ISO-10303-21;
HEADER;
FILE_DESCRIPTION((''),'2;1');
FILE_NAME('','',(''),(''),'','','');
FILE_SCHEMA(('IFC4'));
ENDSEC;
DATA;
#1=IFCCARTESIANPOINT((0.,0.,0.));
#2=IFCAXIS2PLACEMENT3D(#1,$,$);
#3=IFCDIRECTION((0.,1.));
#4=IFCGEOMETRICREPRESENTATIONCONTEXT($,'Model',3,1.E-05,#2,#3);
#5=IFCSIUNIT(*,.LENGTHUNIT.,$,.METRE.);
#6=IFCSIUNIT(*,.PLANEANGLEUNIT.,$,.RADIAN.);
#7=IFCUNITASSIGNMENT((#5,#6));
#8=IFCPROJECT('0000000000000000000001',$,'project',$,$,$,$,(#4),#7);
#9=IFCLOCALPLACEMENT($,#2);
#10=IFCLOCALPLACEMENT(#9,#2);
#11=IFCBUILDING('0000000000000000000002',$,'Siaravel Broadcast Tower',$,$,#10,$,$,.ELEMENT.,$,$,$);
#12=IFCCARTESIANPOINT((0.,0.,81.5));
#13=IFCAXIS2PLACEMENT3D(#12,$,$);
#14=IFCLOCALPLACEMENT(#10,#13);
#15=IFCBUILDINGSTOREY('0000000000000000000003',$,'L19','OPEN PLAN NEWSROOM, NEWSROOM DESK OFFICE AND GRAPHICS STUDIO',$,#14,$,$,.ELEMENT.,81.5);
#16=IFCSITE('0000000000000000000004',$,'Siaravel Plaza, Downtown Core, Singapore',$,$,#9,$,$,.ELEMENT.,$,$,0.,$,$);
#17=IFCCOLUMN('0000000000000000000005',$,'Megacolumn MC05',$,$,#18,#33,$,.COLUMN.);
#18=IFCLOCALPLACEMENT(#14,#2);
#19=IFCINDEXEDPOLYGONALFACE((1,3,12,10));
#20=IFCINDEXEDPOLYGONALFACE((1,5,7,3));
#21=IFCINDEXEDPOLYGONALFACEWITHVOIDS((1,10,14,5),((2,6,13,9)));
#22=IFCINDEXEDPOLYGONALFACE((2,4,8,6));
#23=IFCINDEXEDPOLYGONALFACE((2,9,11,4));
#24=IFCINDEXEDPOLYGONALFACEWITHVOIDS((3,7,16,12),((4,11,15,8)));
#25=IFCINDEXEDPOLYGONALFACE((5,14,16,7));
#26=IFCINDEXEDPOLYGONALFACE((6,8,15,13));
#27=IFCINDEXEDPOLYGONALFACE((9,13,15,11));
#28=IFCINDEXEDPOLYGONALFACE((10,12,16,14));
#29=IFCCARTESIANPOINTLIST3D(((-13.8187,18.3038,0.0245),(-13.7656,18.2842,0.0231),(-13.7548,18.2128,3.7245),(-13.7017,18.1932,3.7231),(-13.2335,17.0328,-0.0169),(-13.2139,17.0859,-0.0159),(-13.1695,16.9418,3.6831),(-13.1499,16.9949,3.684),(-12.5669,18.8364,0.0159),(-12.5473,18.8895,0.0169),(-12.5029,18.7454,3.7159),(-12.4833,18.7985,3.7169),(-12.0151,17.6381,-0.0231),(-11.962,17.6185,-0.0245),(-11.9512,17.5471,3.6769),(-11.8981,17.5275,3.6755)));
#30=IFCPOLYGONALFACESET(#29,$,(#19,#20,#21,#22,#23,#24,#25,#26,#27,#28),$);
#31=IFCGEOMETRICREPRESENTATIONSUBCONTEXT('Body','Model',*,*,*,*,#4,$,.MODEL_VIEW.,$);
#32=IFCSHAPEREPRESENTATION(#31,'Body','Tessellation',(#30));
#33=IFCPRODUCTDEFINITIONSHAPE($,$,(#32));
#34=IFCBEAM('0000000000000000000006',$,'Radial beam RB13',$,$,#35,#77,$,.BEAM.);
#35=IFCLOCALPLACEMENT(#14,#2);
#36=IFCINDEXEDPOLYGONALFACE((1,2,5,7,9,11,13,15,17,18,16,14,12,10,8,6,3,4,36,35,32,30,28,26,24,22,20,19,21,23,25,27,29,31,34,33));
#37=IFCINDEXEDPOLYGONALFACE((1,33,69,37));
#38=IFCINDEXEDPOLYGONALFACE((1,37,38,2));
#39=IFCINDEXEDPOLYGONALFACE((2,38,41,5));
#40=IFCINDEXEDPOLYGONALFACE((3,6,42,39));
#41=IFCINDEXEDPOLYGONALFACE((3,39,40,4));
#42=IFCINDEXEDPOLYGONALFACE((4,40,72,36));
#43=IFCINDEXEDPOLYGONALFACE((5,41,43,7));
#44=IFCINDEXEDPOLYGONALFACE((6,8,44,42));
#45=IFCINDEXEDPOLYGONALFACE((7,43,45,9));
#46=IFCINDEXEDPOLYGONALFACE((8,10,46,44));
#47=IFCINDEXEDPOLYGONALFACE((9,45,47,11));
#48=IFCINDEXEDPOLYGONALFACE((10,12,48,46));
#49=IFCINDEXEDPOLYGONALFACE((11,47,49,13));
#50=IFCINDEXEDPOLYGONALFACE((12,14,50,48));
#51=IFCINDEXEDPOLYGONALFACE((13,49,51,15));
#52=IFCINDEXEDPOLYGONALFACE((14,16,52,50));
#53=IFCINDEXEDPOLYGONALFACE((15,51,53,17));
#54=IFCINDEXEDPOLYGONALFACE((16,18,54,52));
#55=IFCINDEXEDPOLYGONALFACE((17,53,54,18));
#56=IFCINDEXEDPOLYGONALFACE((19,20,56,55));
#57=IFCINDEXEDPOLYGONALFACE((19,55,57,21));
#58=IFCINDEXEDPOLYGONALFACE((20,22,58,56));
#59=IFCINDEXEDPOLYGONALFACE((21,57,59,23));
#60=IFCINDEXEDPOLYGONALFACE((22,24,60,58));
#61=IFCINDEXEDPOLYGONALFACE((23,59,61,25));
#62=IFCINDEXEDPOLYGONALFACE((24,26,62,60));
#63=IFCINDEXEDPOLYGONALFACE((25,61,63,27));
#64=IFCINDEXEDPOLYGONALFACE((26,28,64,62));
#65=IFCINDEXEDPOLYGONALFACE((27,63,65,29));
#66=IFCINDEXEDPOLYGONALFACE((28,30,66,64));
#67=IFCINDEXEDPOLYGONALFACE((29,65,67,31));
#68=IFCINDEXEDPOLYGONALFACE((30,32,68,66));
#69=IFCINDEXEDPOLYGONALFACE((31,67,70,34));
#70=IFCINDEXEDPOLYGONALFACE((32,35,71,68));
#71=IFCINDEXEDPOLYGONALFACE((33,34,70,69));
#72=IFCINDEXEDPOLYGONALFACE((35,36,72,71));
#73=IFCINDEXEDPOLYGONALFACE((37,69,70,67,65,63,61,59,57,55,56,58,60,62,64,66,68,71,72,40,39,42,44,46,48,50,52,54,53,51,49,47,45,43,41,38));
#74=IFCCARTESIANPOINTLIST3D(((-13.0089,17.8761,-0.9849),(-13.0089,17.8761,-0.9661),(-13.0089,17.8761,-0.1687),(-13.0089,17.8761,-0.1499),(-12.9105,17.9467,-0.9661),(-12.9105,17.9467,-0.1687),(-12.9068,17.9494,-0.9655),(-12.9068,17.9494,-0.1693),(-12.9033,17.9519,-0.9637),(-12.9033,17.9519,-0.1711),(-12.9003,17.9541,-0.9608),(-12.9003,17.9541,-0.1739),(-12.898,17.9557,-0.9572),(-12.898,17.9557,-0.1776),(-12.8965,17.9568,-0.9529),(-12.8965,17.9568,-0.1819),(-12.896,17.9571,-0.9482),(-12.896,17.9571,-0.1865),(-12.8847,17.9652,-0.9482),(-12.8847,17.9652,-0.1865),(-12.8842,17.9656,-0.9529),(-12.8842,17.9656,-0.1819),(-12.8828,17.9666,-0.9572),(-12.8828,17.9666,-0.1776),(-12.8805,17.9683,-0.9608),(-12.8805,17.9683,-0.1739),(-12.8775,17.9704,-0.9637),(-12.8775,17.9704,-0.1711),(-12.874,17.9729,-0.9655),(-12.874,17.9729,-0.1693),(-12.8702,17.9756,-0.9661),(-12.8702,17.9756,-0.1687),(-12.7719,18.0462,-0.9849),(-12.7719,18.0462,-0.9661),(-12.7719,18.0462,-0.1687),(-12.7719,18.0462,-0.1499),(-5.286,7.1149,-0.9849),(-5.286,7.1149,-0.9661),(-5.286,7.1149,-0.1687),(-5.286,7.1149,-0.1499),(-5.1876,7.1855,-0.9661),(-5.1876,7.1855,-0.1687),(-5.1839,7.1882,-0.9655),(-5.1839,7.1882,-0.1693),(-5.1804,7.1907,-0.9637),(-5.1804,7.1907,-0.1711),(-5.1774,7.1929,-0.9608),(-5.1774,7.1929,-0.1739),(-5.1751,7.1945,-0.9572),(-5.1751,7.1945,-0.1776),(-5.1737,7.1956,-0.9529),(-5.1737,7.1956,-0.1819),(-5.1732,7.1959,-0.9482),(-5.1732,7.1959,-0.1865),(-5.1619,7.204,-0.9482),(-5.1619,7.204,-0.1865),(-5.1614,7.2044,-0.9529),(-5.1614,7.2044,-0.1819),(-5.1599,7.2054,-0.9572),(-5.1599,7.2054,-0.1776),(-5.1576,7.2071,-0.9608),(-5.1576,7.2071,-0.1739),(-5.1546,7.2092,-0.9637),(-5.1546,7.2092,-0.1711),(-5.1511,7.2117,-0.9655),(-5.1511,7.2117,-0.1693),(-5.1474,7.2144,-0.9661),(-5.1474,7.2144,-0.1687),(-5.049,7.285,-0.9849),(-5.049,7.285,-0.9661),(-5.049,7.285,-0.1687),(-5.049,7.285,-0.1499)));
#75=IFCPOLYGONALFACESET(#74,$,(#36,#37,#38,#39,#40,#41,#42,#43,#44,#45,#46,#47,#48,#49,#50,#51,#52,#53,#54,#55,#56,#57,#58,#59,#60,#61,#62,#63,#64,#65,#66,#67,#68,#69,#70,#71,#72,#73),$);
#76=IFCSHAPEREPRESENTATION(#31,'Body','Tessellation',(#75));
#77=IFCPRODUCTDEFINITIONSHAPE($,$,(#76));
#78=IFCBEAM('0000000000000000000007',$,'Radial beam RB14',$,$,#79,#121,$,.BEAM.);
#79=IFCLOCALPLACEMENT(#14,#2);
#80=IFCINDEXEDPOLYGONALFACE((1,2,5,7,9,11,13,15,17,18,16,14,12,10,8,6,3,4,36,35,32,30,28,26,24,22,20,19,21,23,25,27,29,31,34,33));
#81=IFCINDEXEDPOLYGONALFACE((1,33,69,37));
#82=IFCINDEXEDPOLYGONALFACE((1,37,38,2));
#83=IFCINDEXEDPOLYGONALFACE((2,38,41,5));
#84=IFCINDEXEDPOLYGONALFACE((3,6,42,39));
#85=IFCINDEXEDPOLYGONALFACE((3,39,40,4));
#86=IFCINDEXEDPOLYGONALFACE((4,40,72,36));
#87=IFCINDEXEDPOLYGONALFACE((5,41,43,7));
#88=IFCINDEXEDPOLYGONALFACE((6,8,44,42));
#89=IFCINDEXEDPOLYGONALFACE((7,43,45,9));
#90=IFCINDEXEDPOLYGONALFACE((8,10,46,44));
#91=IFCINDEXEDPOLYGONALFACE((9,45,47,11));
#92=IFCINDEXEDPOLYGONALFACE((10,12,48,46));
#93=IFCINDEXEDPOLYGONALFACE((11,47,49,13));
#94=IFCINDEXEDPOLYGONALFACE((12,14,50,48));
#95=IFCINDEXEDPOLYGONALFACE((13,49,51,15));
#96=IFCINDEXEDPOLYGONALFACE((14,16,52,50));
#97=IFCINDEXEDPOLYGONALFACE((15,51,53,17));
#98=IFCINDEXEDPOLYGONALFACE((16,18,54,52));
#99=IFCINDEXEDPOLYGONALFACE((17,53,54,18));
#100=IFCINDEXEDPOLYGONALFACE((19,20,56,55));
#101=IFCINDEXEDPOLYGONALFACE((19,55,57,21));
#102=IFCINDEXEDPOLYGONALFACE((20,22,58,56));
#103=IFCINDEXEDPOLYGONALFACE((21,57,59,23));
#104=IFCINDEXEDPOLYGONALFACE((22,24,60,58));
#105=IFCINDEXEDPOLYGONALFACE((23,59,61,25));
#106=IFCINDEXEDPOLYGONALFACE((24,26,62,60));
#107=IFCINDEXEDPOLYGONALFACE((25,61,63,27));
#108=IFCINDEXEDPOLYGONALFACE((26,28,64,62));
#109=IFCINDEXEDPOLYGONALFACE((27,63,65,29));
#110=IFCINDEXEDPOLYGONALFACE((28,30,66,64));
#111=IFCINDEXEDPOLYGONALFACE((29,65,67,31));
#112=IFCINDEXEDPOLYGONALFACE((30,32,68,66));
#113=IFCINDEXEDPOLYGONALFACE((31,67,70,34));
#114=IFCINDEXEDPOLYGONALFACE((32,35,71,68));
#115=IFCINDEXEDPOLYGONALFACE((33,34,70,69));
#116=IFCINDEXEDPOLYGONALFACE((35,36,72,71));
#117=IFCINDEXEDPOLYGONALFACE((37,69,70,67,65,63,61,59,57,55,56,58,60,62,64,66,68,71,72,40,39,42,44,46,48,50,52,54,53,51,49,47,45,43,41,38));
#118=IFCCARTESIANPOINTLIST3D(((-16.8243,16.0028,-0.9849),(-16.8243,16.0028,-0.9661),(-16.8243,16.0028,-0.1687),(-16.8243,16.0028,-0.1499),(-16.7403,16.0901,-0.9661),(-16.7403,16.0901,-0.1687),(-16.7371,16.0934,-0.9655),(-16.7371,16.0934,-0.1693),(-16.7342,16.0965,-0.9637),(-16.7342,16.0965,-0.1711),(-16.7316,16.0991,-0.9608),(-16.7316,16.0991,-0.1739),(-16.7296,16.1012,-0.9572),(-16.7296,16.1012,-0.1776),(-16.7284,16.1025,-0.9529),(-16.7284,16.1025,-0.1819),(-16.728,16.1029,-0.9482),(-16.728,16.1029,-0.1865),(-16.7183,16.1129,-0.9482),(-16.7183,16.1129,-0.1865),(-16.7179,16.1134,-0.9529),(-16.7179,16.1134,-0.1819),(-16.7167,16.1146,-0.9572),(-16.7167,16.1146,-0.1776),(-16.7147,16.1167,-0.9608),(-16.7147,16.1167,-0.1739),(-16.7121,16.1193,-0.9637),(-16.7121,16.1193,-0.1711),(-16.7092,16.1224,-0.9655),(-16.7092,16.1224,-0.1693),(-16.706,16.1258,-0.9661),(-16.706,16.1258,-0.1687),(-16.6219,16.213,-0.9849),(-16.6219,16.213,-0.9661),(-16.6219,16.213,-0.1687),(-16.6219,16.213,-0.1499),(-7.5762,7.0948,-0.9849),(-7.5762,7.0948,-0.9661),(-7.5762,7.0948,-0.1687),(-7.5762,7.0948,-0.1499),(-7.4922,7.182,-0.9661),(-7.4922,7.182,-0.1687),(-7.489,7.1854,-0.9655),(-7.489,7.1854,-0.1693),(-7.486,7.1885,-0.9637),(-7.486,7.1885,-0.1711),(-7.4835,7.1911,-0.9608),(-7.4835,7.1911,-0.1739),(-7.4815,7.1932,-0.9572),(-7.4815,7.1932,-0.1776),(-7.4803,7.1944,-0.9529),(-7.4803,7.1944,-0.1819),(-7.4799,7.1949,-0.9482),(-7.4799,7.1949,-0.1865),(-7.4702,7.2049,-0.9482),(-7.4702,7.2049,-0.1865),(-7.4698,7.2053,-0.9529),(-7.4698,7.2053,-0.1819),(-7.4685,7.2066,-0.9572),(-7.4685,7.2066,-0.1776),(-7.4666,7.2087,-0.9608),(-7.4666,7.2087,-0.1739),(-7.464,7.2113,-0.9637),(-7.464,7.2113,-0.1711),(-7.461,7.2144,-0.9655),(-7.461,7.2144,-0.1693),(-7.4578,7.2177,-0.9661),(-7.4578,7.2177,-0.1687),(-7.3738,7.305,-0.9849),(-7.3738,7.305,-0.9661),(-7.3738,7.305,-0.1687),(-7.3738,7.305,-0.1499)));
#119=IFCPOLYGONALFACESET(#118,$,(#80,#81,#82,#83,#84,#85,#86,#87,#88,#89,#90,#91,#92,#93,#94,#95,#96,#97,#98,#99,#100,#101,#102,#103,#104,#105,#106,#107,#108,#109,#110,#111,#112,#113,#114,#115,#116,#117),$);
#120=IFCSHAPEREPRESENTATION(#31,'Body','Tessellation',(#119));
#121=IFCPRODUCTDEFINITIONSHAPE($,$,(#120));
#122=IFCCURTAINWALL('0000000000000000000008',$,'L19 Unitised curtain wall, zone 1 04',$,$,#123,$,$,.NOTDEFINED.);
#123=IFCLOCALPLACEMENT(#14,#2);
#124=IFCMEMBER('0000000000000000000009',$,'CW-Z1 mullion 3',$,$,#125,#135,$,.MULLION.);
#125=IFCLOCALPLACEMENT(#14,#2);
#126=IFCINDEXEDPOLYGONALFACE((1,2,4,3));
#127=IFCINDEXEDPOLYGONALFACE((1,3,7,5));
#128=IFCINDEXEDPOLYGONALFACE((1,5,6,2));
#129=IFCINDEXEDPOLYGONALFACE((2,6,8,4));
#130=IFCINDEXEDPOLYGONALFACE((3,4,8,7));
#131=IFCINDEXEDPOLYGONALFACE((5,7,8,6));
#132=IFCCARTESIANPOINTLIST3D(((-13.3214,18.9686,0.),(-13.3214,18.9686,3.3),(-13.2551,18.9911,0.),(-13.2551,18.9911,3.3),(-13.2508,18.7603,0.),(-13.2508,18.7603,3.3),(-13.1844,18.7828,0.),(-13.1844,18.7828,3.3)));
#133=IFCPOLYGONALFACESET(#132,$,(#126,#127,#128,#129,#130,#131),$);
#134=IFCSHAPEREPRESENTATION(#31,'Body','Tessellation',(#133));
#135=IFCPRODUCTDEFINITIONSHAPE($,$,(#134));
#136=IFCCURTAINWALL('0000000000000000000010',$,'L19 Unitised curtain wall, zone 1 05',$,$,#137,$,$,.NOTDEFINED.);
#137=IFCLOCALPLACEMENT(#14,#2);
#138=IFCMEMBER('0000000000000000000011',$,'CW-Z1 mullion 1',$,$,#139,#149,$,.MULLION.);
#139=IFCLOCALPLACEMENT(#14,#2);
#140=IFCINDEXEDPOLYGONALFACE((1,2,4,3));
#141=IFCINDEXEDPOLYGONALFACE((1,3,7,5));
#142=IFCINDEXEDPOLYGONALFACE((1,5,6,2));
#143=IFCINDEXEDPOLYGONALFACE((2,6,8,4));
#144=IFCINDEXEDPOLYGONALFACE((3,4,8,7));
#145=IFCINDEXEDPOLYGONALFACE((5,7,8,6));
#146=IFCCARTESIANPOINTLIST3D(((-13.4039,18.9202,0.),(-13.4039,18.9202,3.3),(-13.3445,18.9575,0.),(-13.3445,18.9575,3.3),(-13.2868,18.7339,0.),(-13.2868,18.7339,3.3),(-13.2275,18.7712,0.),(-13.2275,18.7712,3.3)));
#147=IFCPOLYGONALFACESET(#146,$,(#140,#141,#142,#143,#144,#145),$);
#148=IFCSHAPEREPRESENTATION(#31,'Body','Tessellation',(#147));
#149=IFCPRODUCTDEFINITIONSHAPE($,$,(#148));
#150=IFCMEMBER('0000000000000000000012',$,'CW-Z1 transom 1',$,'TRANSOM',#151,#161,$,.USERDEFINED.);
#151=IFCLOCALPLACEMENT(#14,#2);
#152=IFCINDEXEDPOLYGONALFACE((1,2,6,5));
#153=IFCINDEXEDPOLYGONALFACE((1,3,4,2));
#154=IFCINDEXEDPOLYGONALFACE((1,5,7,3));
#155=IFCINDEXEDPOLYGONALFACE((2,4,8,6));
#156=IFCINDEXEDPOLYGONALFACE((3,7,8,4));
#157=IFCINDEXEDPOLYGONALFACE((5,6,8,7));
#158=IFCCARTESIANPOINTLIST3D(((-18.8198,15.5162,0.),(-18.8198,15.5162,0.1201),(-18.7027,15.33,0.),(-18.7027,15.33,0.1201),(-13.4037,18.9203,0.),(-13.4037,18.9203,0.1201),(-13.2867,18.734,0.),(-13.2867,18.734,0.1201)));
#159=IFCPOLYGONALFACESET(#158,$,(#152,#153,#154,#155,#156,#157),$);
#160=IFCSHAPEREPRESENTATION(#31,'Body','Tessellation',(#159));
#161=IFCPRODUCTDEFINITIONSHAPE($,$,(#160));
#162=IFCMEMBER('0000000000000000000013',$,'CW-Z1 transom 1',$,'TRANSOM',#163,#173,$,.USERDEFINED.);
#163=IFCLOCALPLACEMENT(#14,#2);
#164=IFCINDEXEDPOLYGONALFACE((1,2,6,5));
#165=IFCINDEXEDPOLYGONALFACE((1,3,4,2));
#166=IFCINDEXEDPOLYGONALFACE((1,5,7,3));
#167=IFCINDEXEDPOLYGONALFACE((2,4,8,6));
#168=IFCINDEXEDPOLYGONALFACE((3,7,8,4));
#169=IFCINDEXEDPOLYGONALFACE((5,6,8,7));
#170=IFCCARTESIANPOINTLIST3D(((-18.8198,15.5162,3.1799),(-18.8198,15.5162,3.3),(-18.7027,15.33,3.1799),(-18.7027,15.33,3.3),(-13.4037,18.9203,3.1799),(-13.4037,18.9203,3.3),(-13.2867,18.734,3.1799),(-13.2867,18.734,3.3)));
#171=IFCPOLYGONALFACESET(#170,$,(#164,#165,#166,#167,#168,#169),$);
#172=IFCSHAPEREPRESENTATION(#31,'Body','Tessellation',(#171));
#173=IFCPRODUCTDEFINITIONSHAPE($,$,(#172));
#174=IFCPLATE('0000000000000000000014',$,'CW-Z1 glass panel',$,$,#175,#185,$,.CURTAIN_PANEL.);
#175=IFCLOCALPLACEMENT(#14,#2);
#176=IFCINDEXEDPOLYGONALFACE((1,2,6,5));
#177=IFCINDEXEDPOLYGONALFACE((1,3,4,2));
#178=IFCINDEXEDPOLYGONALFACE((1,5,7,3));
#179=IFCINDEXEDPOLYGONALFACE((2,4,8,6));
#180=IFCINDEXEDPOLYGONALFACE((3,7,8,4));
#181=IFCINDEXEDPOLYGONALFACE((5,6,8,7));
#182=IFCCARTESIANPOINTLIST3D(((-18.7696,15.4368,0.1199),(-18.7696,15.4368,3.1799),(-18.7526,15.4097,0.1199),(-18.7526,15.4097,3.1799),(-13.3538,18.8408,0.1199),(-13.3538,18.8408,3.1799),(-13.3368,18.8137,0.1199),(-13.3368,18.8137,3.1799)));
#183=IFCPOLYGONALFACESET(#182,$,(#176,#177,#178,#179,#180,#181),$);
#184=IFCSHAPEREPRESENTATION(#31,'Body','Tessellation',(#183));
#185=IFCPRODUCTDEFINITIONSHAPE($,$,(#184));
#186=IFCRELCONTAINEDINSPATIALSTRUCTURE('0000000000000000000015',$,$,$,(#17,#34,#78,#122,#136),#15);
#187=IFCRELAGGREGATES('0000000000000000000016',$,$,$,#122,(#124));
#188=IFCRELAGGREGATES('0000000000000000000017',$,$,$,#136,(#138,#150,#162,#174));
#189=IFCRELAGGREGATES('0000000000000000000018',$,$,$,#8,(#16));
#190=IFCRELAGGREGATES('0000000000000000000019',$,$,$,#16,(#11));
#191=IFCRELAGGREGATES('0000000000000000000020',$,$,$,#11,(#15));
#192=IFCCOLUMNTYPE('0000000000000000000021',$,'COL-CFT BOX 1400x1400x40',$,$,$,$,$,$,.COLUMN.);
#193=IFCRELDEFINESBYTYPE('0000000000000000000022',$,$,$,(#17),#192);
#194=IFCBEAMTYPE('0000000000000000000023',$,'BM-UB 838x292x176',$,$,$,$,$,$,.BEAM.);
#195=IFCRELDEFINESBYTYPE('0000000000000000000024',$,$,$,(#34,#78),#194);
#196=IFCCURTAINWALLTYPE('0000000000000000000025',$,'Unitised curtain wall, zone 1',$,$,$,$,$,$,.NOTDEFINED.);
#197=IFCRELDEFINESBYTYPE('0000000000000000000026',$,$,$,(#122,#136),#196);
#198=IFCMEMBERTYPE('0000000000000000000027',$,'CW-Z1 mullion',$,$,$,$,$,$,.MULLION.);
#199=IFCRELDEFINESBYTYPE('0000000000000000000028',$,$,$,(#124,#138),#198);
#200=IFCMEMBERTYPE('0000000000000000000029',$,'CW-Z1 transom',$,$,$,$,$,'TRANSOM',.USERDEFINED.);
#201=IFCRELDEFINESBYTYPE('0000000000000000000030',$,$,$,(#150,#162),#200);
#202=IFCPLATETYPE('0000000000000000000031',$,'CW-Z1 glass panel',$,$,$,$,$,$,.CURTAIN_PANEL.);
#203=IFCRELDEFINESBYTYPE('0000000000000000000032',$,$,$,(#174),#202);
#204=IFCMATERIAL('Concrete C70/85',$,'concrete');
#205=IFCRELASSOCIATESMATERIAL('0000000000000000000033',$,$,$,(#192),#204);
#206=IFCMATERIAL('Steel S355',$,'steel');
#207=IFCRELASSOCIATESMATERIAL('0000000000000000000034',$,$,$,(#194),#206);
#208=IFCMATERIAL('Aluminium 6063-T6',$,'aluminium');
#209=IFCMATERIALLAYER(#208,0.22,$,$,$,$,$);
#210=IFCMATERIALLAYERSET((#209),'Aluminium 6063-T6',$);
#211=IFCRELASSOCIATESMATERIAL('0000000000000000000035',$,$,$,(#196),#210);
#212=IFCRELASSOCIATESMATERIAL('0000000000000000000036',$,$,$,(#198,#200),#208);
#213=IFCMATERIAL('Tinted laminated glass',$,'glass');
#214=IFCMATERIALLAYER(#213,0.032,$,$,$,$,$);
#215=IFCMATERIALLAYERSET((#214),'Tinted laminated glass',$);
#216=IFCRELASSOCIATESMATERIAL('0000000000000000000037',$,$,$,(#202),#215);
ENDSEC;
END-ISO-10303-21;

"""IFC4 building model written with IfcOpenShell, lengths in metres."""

from ifc_helpers import new_model, si_unit, direction, frame, origin, origin_2d, place, context, subcontext, project, spatial, rectangle, hollow_rectangle, i_section, extrude, material, layer, layer_set, material_profile, profile_set, type_object, element, aggregate, save


model = new_model("IFC4")

# Units and contexts
model_context = context("Model", 3, precision=1e-05, world=origin(), true_north=direction((0.0, 1.0)))
body_context = subcontext(model_context, "Body", "Model", "MODEL_VIEW")
ifc_project = project(units=[si_unit("LENGTHUNIT", "METRE"), si_unit("PLANEANGLEUNIT", "RADIAN")], contexts=[model_context])

# Site, building, storey
site_placement = place(None, origin())
site = spatial("IfcSite", under=ifc_project, at=site_placement, Name="Siaravel Plaza, Downtown Core, Singapore", CompositionType="ELEMENT", RefElevation=0.0)
building_placement = place(site_placement, origin())
building = spatial("IfcBuilding", under=site, at=building_placement, Name="Siaravel Broadcast Tower", CompositionType="ELEMENT")
storey_placement = place(building_placement, frame((0.0, 0.0, 81.5)))
storey = spatial("IfcBuildingStorey", under=building, at=storey_placement, Name="L19", Description="OPEN PLAN NEWSROOM, NEWSROOM DESK OFFICE AND GRAPHICS STUDIO", CompositionType="ELEMENT", Elevation=81.5)

# Column
ifc_material_1 = material(Name="Concrete C70/85", Category="concrete")
ifc_material_profile_1 = material_profile(ifc_material_1, hollow_rectangle(XDim=1.3999, YDim=1.3999, WallThickness=0.04, at=origin_2d()))
ifc_profile_set_1 = profile_set([ifc_material_profile_1], Name="Concrete C70/85")
column_type = type_object("IfcColumnType", Name="COL-CFT BOX 1400x1400x40", PredefinedType="COLUMN", material=ifc_profile_set_1)
column_placement = place(storey_placement, frame((-12.8904, 17.9612, 0.0), z_axis=(0.01728, -0.024601, 0.999548), x_axis=(0.908252, 0.418389, -0.005404)))
element("IfcColumn", 1, at=column_placement, inside=storey, type_object=column_type, Name="Megacolumn MC05", PredefinedType="COLUMN", context=body_context, shape_type="SweptSolid", body=[
    extrude(hollow_rectangle(XDim=1.3999, YDim=1.3999, WallThickness=0.04, at=origin_2d()), origin(), (0.0, 0.0, 1.0), 3.7017),
])

# Beams
ifc_material_2 = material(Name="Steel S355", Category="steel")
ifc_material_profile_2 = material_profile(ifc_material_2, i_section(OverallWidth=0.2917, OverallDepth=0.835, WebThickness=0.0139, FlangeThickness=0.0188, FilletRadius=0.0178, at=origin_2d()))
ifc_profile_set_2 = profile_set([ifc_material_profile_2], Name="Steel S355")
beam_type = type_object("IfcBeamType", Name="BM-UB 838x292x176", PredefinedType="BEAM", material=ifc_profile_set_2)
beam_1_placement = place(storey_placement, frame((-12.8904, 17.9612, -0.5674), z_axis=(0.583052, -0.812435, 0.0), x_axis=(0.812435, 0.583052, 0.0)))
element("IfcBeam", 2, at=beam_1_placement, inside=storey, type_object=beam_type, Name="Radial beam RB13", PredefinedType="BEAM", context=body_context, shape_type="SweptSolid", body=[
    extrude(i_section(OverallWidth=0.2917, OverallDepth=0.835, WebThickness=0.0139, FlangeThickness=0.0188, FilletRadius=0.0178, at=origin_2d()), origin(), (0.0, 0.0, 1.0), 13.2456),
])
beam_2_placement = place(storey_placement, frame((-16.7231, 16.1079, -0.5674), z_axis=(0.720226, -0.69374, 0.0), x_axis=(0.69374, 0.720226, 0.0)))
element("IfcBeam", 3, at=beam_2_placement, inside=storey, type_object=beam_type, Name="Radial beam RB14", PredefinedType="BEAM", context=body_context, shape_type="SweptSolid", body=[
    extrude(i_section(OverallWidth=0.2917, OverallDepth=0.835, WebThickness=0.0139, FlangeThickness=0.0188, FilletRadius=0.0178, at=origin_2d()), origin(), (0.0, 0.0, 1.0), 12.8406),
])

# Curtain wall, member
ifc_material_3 = material(Name="Aluminium 6063-T6", Category="aluminium")
ifc_layer_1 = layer(ifc_material_3, 0.22)
ifc_layer_set_1 = layer_set([ifc_layer_1], Name="Aluminium 6063-T6")
curtain_wall_type = type_object("IfcCurtainWallType", Name="Unitised curtain wall, zone 1", PredefinedType="NOTDEFINED", material=ifc_layer_set_1)
curtain_wall_1_placement = place(storey_placement, origin())
curtain_wall_1 = element("IfcCurtainWall", 4, at=curtain_wall_1_placement, inside=storey, type_object=curtain_wall_type, Name="L19 Unitised curtain wall, zone 1 04", PredefinedType="NOTDEFINED")
ifc_material_profile_3 = material_profile(ifc_material_3, rectangle(XDim=0.22, YDim=0.0701, at=origin_2d()))
ifc_profile_set_3 = profile_set([ifc_material_profile_3], Name="Aluminium 6063-T6")
member_type_1 = type_object("IfcMemberType", Name="CW-Z1 mullion", PredefinedType="MULLION", material=ifc_profile_set_3)
member_1_placement = place(storey_placement, frame((-13.2529, 18.8757, 0.0), z_axis=(0.0, 0.0, 1.0), x_axis=(0.321301, -0.946977, 0.0)))
member_1 = element("IfcMember", 5, at=member_1_placement, type_object=member_type_1, Name="CW-Z1 mullion 3", PredefinedType="MULLION", context=body_context, shape_type="SweptSolid", body=[
    extrude(rectangle(XDim=0.22, YDim=0.0701, at=origin_2d()), origin(), (0.0, 0.0, 1.0), 3.3),
])
aggregate(curtain_wall_1, [member_1])

# Curtain wall, members, plate
curtain_wall_2_placement = place(storey_placement, origin())
curtain_wall_2 = element("IfcCurtainWall", 6, at=curtain_wall_2_placement, inside=storey, type_object=curtain_wall_type, Name="L19 Unitised curtain wall, zone 1 05", PredefinedType="NOTDEFINED")
member_2_placement = place(storey_placement, frame((-13.3157, 18.8457, 0.0), z_axis=(0.0, 0.0, 1.0), x_axis=(0.53215, -0.84665, 0.0)))
member_2 = element("IfcMember", 7, at=member_2_placement, type_object=member_type_1, Name="CW-Z1 mullion 1", PredefinedType="MULLION", context=body_context, shape_type="SweptSolid", body=[
    extrude(rectangle(XDim=0.22, YDim=0.0701, at=origin_2d()), origin(), (0.0, 0.0, 1.0), 3.3),
])
ifc_material_profile_4 = material_profile(ifc_material_3, rectangle(XDim=0.22, YDim=0.1201, at=origin_2d()))
ifc_profile_set_4 = profile_set([ifc_material_profile_4], Name="Aluminium 6063-T6")
member_type_2 = type_object("IfcMemberType", Name="CW-Z1 transom", ElementType="TRANSOM", PredefinedType="USERDEFINED", material=ifc_profile_set_4)
member_3_placement = place(storey_placement, frame((-13.3452, 18.8271, 0.0601), z_axis=(-0.846658, -0.532138, 0.0), x_axis=(0.532138, -0.846658, 0.0)))
member_3 = element("IfcMember", 8, at=member_3_placement, type_object=member_type_2, Name="CW-Z1 transom 1", ObjectType="TRANSOM", PredefinedType="USERDEFINED", context=body_context, shape_type="SweptSolid", body=[
    extrude(rectangle(XDim=0.22, YDim=0.1201, at=origin_2d()), origin(), (0.0, 0.0, 1.0), 6.397),
])
member_4_placement = place(storey_placement, frame((-13.3452, 18.8271, 3.24), z_axis=(-0.846658, -0.532138, 0.0), x_axis=(0.532138, -0.846658, 0.0)))
member_4 = element("IfcMember", 9, at=member_4_placement, type_object=member_type_2, Name="CW-Z1 transom 1", ObjectType="TRANSOM", PredefinedType="USERDEFINED", context=body_context, shape_type="SweptSolid", body=[
    extrude(rectangle(XDim=0.22, YDim=0.1201, at=origin_2d()), origin(), (0.0, 0.0, 1.0), 6.397),
])
ifc_material_4 = material(Name="Tinted laminated glass", Category="glass")
ifc_layer_2 = layer(ifc_material_4, 0.032)
ifc_layer_set_2 = layer_set([ifc_layer_2], Name="Tinted laminated glass")
plate_type = type_object("IfcPlateType", Name="CW-Z1 glass panel", PredefinedType="CURTAIN_PANEL", material=ifc_layer_set_2)
plate_placement = place(storey_placement, frame((-16.0532, 17.1252, 0.1199), z_axis=(0.0, 0.0, 1.0), x_axis=(-0.84665, -0.53215, 0.0)))
plate = element("IfcPlate", 10, at=plate_placement, type_object=plate_type, Name="CW-Z1 glass panel", PredefinedType="CURTAIN_PANEL", context=body_context, shape_type="SweptSolid", body=[
    extrude(rectangle(XDim=6.3967, YDim=0.032, at=origin_2d()), origin(), (0.0, 0.0, 1.0), 3.0601),
])
aggregate(curtain_wall_2, [member_2, member_3, member_4, plate])

save(model, "model.ifc")
